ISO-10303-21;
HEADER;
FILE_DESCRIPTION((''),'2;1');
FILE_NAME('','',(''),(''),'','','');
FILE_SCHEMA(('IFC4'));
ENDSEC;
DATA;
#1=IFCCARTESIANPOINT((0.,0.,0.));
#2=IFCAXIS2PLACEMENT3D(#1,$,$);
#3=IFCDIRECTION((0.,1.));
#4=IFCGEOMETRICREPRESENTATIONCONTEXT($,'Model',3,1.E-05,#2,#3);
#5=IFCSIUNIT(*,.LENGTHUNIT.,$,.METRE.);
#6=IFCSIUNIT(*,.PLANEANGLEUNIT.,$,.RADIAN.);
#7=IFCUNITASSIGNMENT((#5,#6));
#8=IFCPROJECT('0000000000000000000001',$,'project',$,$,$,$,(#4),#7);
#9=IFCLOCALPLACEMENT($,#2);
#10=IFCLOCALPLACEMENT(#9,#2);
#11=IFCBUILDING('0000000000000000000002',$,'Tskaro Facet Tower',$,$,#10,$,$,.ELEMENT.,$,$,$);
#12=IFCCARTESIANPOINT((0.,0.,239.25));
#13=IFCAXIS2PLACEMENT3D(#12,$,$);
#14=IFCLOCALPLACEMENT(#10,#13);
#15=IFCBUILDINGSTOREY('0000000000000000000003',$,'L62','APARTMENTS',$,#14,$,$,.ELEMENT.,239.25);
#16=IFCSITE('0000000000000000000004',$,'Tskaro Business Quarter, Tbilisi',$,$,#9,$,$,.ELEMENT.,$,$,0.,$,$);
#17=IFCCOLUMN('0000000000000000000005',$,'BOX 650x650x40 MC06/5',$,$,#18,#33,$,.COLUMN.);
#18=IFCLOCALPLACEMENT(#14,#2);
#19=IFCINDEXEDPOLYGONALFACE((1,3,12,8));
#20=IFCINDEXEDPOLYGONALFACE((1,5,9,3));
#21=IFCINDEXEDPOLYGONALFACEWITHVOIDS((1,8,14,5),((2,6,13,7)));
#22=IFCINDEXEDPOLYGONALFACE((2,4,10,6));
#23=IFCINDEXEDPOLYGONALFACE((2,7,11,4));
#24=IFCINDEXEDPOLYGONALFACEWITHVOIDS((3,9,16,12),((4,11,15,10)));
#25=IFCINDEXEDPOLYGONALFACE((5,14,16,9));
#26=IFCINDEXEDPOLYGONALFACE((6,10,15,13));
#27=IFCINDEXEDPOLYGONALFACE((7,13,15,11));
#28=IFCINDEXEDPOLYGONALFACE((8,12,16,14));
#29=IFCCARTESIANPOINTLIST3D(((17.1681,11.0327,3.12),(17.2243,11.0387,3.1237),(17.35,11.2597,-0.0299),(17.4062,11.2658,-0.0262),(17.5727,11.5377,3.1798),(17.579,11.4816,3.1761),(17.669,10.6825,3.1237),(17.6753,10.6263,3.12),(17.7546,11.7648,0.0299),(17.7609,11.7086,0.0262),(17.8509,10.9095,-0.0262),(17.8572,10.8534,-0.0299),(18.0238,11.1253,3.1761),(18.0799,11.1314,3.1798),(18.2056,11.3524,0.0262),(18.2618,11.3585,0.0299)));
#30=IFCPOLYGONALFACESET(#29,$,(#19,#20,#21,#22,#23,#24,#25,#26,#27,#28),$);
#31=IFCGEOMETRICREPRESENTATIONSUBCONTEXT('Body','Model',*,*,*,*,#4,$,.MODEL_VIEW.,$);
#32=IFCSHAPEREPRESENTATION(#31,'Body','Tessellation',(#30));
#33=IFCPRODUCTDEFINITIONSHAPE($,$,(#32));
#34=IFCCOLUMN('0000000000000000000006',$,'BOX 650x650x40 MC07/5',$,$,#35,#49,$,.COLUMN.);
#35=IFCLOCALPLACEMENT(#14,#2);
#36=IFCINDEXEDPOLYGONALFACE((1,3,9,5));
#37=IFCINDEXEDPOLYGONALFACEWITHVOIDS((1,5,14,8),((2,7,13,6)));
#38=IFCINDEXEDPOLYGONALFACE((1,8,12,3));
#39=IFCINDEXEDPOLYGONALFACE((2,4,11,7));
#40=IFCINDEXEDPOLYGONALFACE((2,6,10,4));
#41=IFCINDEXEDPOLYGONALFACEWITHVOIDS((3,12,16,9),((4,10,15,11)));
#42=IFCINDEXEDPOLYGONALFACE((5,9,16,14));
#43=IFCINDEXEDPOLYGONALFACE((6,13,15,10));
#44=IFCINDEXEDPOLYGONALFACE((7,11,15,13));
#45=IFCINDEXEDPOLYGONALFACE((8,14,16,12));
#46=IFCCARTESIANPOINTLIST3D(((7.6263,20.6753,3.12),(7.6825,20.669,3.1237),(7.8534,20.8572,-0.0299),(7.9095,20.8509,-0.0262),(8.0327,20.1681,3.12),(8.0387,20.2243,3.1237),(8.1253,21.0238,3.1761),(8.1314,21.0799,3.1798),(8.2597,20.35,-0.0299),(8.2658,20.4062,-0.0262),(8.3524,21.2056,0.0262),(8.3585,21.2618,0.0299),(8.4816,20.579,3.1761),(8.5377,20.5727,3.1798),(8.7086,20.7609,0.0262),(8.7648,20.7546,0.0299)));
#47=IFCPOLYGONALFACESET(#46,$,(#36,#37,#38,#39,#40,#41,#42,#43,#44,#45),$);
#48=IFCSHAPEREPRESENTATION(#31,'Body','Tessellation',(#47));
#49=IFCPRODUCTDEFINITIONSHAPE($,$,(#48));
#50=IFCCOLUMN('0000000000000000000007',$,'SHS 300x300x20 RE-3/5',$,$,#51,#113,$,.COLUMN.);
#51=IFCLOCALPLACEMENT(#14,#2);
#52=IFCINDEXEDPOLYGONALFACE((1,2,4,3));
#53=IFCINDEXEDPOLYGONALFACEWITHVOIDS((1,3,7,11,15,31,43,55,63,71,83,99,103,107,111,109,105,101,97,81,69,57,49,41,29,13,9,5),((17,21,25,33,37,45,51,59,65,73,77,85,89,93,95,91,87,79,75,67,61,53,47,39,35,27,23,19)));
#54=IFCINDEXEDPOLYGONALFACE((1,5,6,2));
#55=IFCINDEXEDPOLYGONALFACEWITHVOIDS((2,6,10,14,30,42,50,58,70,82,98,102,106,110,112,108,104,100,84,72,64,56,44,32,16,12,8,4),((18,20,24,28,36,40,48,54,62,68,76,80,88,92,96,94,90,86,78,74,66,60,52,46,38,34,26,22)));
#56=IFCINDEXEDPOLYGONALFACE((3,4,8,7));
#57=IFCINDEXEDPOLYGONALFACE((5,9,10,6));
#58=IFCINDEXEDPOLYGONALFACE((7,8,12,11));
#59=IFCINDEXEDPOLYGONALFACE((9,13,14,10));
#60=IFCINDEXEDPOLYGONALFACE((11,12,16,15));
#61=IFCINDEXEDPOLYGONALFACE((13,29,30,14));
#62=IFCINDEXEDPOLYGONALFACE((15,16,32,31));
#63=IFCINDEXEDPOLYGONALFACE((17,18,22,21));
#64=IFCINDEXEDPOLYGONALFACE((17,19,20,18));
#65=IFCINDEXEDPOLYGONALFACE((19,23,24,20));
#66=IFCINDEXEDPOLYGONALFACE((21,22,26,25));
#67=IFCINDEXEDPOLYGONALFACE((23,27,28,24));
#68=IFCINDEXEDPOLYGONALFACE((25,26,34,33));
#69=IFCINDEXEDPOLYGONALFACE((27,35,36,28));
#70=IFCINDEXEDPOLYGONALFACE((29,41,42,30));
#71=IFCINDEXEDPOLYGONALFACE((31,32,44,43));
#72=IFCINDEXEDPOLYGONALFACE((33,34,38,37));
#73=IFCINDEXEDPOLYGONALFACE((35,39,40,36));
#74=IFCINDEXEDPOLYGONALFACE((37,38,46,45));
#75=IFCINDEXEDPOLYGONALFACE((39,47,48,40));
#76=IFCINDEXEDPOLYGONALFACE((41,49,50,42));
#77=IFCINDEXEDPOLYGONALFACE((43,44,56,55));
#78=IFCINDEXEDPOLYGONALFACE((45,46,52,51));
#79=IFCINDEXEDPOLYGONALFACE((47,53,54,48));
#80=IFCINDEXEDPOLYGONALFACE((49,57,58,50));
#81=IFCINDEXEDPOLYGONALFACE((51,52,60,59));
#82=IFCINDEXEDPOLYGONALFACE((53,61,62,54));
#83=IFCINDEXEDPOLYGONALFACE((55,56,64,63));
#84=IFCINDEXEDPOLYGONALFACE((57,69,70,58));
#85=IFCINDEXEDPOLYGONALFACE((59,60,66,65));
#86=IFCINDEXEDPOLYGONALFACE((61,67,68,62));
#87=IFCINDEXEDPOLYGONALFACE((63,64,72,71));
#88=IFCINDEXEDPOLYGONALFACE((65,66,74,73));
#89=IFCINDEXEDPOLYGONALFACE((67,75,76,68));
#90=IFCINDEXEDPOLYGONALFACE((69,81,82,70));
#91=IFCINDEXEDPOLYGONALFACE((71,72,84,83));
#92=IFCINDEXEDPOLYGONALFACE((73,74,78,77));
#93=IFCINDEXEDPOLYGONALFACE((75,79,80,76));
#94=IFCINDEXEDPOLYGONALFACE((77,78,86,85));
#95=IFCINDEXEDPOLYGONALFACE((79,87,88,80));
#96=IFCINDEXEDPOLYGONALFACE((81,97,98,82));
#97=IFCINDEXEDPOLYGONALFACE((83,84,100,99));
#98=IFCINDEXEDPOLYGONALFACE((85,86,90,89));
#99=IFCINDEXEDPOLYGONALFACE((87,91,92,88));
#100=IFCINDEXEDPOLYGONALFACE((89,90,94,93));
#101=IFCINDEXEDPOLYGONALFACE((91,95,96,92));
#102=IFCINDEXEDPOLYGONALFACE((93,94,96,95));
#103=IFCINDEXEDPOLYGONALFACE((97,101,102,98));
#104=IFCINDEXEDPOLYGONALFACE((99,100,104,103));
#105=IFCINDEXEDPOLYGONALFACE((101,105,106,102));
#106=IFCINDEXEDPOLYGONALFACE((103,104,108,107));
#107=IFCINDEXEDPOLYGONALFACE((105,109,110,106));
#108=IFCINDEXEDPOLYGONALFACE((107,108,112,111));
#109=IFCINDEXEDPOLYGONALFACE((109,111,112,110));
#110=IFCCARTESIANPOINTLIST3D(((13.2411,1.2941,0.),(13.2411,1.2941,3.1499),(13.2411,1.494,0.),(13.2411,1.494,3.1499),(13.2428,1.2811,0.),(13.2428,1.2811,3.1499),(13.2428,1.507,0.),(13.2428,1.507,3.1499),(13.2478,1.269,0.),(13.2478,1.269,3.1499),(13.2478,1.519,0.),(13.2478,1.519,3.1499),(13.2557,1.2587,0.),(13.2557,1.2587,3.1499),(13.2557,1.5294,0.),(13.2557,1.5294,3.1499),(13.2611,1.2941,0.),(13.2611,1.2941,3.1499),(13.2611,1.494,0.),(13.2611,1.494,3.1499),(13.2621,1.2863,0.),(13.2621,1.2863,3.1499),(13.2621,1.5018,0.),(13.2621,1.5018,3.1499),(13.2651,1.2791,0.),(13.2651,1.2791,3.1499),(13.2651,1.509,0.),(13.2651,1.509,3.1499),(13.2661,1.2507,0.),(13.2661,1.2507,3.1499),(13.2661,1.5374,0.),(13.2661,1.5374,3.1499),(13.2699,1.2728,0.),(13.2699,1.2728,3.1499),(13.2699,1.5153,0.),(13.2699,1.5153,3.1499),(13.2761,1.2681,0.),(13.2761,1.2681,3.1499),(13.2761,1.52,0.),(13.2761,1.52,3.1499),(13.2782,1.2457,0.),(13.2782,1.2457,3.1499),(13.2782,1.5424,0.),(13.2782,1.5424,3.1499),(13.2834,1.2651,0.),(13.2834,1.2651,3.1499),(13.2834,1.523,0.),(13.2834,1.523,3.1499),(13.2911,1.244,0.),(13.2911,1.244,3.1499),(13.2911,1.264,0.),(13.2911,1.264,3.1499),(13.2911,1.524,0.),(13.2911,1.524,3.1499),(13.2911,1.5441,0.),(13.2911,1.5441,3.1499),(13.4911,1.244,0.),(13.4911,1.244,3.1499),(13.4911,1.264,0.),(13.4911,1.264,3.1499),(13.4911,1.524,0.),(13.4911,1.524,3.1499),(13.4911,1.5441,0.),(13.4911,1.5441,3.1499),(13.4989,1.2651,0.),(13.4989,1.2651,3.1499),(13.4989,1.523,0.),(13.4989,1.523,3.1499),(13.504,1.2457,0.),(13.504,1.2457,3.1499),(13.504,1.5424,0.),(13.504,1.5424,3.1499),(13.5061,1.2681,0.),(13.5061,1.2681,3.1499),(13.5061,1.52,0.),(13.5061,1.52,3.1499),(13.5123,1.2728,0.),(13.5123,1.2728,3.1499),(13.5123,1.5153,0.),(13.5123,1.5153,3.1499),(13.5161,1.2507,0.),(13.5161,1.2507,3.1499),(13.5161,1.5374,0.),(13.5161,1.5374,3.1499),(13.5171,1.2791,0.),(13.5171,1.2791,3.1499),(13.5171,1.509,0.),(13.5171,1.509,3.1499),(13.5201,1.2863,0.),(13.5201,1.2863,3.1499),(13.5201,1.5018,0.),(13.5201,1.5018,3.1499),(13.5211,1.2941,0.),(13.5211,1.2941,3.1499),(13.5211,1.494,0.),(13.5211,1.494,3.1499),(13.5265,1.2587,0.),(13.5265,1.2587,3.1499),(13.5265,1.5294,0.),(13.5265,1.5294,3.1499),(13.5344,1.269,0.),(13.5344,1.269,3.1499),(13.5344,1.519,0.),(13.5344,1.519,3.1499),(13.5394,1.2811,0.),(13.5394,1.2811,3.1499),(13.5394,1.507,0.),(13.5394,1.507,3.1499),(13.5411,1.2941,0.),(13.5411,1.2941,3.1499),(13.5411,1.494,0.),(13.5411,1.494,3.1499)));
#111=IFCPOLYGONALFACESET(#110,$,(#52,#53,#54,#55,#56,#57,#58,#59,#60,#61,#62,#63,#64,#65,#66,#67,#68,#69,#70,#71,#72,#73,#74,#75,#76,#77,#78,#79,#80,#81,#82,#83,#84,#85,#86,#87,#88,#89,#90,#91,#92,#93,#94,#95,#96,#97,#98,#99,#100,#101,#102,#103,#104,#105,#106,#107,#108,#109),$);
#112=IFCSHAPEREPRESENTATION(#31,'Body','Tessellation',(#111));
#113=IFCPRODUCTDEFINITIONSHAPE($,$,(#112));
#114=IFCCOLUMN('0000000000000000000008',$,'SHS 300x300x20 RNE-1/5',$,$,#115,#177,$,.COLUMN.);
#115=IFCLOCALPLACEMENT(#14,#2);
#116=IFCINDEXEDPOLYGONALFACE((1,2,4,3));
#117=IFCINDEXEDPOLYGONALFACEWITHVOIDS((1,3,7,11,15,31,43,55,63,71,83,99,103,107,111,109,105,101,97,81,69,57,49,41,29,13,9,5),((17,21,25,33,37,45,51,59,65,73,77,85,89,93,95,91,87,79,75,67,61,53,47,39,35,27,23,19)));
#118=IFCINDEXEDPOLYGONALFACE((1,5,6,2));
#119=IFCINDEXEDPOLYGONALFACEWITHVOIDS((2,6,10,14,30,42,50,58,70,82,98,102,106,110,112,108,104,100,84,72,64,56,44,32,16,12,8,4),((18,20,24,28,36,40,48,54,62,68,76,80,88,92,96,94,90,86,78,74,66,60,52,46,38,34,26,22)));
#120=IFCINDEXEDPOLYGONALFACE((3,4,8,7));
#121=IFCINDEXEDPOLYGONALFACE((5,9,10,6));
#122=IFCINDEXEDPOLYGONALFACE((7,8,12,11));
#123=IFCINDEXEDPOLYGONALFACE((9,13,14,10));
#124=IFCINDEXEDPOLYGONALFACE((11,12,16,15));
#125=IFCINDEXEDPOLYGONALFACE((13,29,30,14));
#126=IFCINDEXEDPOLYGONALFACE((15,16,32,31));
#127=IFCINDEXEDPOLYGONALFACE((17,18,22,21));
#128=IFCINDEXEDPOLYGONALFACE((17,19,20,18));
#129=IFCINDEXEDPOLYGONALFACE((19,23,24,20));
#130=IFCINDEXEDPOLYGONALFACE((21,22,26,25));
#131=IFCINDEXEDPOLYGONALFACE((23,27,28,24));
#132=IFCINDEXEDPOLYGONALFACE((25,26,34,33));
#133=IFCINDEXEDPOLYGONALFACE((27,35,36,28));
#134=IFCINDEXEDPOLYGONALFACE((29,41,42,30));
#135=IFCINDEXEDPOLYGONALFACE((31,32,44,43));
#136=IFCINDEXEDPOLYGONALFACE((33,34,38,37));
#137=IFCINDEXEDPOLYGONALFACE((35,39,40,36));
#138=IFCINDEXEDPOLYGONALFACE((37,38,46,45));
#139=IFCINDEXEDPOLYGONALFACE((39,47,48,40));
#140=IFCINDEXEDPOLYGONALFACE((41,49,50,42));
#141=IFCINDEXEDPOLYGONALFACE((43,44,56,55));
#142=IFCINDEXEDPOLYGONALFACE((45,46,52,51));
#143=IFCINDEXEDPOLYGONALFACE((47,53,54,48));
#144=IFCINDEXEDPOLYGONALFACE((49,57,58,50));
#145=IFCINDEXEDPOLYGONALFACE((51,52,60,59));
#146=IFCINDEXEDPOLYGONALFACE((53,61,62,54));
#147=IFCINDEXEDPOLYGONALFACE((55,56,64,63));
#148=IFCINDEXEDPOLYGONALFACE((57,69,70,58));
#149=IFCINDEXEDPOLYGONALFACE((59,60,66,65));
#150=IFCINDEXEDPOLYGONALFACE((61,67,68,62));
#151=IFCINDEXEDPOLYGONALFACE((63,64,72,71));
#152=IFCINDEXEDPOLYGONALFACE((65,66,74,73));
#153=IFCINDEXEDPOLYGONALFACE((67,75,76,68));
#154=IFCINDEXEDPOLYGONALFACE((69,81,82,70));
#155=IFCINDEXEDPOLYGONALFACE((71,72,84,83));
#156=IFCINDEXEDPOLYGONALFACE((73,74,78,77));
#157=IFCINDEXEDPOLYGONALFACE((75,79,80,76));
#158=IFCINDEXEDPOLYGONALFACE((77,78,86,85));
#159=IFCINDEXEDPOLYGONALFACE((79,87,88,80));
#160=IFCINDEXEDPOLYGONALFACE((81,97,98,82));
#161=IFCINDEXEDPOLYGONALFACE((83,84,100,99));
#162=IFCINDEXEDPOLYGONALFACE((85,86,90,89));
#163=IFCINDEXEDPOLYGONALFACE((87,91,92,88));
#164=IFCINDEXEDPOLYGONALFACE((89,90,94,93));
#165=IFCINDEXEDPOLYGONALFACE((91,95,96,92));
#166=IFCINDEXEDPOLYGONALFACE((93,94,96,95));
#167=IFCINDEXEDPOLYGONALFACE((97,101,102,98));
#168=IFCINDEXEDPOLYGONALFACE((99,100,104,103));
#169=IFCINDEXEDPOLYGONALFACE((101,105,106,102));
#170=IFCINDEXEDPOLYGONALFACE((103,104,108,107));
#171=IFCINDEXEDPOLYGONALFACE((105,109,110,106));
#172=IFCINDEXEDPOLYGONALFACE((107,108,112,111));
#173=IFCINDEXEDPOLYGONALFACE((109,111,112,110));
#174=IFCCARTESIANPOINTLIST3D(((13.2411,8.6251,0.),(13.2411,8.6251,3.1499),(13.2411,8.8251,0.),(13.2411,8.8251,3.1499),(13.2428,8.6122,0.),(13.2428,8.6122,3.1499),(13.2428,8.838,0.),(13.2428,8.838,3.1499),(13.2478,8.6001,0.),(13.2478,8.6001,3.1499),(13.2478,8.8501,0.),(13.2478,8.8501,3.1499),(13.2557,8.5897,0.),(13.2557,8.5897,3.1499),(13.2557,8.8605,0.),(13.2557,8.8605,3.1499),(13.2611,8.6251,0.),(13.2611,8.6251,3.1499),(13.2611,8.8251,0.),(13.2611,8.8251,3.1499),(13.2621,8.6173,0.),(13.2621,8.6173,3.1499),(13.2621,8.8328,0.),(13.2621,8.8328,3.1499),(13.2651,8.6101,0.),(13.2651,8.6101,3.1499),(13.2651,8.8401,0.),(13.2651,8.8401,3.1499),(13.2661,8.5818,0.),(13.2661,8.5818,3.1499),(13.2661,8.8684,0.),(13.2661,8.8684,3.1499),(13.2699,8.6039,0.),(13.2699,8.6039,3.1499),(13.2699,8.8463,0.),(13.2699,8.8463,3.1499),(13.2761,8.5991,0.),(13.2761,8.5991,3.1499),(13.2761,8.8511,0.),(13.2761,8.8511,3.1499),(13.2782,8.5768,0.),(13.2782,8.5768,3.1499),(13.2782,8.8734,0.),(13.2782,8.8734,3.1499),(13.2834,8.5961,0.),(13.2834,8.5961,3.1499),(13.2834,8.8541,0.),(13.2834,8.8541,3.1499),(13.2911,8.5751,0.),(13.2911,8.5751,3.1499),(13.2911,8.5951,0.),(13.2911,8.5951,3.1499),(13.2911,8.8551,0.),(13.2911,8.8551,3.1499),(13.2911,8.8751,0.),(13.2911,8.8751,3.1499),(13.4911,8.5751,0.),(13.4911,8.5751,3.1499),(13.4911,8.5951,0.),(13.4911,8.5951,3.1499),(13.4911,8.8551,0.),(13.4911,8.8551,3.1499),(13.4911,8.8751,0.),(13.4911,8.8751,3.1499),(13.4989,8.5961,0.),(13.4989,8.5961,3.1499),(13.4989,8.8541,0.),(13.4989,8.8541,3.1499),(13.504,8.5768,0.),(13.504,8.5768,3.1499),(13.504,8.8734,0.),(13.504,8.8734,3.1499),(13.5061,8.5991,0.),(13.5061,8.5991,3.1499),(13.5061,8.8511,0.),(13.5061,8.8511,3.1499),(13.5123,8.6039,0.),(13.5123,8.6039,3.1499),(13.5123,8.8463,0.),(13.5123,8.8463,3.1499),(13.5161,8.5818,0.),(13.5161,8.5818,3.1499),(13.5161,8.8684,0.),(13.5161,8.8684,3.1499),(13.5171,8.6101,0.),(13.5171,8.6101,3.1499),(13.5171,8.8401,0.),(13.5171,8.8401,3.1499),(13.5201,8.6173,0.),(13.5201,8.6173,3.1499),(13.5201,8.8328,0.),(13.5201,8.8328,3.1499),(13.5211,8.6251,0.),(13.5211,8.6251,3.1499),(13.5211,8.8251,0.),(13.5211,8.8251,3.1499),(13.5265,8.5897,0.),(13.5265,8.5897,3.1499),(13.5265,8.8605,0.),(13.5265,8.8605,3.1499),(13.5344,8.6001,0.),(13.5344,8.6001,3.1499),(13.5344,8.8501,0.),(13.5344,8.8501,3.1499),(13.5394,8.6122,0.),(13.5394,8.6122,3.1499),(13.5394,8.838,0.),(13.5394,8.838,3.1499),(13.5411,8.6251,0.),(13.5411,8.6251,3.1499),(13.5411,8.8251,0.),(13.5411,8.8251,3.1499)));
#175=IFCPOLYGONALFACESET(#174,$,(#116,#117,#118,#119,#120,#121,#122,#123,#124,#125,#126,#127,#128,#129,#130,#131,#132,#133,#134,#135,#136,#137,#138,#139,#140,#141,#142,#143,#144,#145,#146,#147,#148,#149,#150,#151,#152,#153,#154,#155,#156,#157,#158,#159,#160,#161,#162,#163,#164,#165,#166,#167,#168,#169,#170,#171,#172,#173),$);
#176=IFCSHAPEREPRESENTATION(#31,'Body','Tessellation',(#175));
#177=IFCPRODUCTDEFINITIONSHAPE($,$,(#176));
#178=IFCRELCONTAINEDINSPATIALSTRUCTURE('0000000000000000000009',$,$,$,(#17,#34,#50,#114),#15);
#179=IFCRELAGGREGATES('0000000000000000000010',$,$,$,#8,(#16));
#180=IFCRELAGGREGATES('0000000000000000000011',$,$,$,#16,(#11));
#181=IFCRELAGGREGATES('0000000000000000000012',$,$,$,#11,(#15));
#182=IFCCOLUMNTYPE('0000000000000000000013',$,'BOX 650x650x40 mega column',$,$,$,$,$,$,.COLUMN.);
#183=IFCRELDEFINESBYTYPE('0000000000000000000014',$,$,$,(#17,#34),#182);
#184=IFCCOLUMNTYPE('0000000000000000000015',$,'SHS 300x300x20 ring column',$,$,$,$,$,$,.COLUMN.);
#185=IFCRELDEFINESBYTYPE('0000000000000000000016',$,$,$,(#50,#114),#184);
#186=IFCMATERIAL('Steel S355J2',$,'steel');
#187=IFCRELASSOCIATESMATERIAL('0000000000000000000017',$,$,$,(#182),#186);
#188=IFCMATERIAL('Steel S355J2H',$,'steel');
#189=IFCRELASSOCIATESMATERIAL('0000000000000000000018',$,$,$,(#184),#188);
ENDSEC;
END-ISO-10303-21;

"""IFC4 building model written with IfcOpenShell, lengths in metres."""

from ifc_helpers import new_model, si_unit, direction, frame, origin, origin_2d, place, context, subcontext, project, spatial, hollow_rectangle, extrude, material, material_profile, profile_set, type_object, element, save


model = new_model("IFC4")

# Units and contexts
model_context = context("Model", 3, precision=1e-05, world=origin(), true_north=direction((0.0, 1.0)))
body_context = subcontext(model_context, "Body", "Model", "MODEL_VIEW")
ifc_project = project(units=[si_unit("LENGTHUNIT", "METRE"), si_unit("PLANEANGLEUNIT", "RADIAN")], contexts=[model_context])

# Site, building, storey
site_placement = place(None, origin())
site = spatial("IfcSite", under=ifc_project, at=site_placement, Name="Tskaro Business Quarter, Tbilisi", CompositionType="ELEMENT", RefElevation=0.0)
building_placement = place(site_placement, origin())
building = spatial("IfcBuilding", under=site, at=building_placement, Name="Tskaro Facet Tower", CompositionType="ELEMENT")
storey_placement = place(building_placement, frame((0.0, 0.0, 239.25)))
storey = spatial("IfcBuildingStorey", under=building, at=storey_placement, Name="L62", Description="APARTMENTS", CompositionType="ELEMENT", Elevation=239.25)

# Columns
ifc_material_1 = material(Name="Steel S355J2", Category="steel")
ifc_material_profile_1 = material_profile(ifc_material_1, hollow_rectangle(XDim=0.6499, YDim=0.6499, WallThickness=0.04, at=origin_2d()), Name="BOX 650x650x40")
ifc_profile_set_1 = profile_set([ifc_material_profile_1], Name="Steel S355J2")
column_type_1 = type_object("IfcColumnType", Name="BOX 650x650x40 mega column", PredefinedType="COLUMN", material=ifc_profile_set_1)
for number, where, z_axis, x_axis, name in (
    (1, (17.8059, 11.3091, 0.0), (-0.057498, -0.071776, 0.995762), (0.780459, -0.625207, 0.0), "BOX 650x650x40 MC06/5"),
    (2, (8.3091, 20.8059, 0.0), (-0.071776, -0.057498, 0.995762), (0.625207, -0.780459, 0.0), "BOX 650x650x40 MC07/5"),
):
    element("IfcColumn", number, at=place(storey_placement, frame(where, z_axis=z_axis, x_axis=x_axis)), inside=storey, type_object=column_type_1, Name=name, PredefinedType="COLUMN", context=body_context, shape_type="SweptSolid", body=[
        extrude(hollow_rectangle(XDim=0.6499, YDim=0.6499, WallThickness=0.04, at=origin_2d()), origin(), (0.0, 0.0, 1.0), 3.1633),
    ])
ifc_material_2 = material(Name="Steel S355J2H", Category="steel")
ifc_material_profile_2 = material_profile(ifc_material_2, hollow_rectangle(XDim=0.3, YDim=0.3, WallThickness=0.02, InnerFilletRadius=0.03, OuterFilletRadius=0.05, at=origin_2d()), Name="SHS 300x300x20")
ifc_profile_set_2 = profile_set([ifc_material_profile_2], Name="Steel S355J2H")
column_type_2 = type_object("IfcColumnType", Name="SHS 300x300x20 ring column", PredefinedType="COLUMN", material=ifc_profile_set_2)
for number, where, z_axis, x_axis, name in (
    (3, (13.3911, 1.394, 0.0), (0.0, 0.0, 1.0), (1.0, 0.0, 0.0), "SHS 300x300x20 RE-3/5"),
    (4, (13.3911, 8.7251, 0.0), (0.0, 0.0, 1.0), (1.0, 0.0, 0.0), "SHS 300x300x20 RNE-1/5"),
):
    element("IfcColumn", number, at=place(storey_placement, frame(where, z_axis=z_axis, x_axis=x_axis)), inside=storey, type_object=column_type_2, Name=name, PredefinedType="COLUMN", context=body_context, shape_type="SweptSolid", body=[
        extrude(hollow_rectangle(XDim=0.3, YDim=0.3, WallThickness=0.02, InnerFilletRadius=0.03, OuterFilletRadius=0.05, at=origin_2d()), origin(), (0.0, 0.0, 1.0), 3.1499),
    ])

save(model, "model.ifc")
